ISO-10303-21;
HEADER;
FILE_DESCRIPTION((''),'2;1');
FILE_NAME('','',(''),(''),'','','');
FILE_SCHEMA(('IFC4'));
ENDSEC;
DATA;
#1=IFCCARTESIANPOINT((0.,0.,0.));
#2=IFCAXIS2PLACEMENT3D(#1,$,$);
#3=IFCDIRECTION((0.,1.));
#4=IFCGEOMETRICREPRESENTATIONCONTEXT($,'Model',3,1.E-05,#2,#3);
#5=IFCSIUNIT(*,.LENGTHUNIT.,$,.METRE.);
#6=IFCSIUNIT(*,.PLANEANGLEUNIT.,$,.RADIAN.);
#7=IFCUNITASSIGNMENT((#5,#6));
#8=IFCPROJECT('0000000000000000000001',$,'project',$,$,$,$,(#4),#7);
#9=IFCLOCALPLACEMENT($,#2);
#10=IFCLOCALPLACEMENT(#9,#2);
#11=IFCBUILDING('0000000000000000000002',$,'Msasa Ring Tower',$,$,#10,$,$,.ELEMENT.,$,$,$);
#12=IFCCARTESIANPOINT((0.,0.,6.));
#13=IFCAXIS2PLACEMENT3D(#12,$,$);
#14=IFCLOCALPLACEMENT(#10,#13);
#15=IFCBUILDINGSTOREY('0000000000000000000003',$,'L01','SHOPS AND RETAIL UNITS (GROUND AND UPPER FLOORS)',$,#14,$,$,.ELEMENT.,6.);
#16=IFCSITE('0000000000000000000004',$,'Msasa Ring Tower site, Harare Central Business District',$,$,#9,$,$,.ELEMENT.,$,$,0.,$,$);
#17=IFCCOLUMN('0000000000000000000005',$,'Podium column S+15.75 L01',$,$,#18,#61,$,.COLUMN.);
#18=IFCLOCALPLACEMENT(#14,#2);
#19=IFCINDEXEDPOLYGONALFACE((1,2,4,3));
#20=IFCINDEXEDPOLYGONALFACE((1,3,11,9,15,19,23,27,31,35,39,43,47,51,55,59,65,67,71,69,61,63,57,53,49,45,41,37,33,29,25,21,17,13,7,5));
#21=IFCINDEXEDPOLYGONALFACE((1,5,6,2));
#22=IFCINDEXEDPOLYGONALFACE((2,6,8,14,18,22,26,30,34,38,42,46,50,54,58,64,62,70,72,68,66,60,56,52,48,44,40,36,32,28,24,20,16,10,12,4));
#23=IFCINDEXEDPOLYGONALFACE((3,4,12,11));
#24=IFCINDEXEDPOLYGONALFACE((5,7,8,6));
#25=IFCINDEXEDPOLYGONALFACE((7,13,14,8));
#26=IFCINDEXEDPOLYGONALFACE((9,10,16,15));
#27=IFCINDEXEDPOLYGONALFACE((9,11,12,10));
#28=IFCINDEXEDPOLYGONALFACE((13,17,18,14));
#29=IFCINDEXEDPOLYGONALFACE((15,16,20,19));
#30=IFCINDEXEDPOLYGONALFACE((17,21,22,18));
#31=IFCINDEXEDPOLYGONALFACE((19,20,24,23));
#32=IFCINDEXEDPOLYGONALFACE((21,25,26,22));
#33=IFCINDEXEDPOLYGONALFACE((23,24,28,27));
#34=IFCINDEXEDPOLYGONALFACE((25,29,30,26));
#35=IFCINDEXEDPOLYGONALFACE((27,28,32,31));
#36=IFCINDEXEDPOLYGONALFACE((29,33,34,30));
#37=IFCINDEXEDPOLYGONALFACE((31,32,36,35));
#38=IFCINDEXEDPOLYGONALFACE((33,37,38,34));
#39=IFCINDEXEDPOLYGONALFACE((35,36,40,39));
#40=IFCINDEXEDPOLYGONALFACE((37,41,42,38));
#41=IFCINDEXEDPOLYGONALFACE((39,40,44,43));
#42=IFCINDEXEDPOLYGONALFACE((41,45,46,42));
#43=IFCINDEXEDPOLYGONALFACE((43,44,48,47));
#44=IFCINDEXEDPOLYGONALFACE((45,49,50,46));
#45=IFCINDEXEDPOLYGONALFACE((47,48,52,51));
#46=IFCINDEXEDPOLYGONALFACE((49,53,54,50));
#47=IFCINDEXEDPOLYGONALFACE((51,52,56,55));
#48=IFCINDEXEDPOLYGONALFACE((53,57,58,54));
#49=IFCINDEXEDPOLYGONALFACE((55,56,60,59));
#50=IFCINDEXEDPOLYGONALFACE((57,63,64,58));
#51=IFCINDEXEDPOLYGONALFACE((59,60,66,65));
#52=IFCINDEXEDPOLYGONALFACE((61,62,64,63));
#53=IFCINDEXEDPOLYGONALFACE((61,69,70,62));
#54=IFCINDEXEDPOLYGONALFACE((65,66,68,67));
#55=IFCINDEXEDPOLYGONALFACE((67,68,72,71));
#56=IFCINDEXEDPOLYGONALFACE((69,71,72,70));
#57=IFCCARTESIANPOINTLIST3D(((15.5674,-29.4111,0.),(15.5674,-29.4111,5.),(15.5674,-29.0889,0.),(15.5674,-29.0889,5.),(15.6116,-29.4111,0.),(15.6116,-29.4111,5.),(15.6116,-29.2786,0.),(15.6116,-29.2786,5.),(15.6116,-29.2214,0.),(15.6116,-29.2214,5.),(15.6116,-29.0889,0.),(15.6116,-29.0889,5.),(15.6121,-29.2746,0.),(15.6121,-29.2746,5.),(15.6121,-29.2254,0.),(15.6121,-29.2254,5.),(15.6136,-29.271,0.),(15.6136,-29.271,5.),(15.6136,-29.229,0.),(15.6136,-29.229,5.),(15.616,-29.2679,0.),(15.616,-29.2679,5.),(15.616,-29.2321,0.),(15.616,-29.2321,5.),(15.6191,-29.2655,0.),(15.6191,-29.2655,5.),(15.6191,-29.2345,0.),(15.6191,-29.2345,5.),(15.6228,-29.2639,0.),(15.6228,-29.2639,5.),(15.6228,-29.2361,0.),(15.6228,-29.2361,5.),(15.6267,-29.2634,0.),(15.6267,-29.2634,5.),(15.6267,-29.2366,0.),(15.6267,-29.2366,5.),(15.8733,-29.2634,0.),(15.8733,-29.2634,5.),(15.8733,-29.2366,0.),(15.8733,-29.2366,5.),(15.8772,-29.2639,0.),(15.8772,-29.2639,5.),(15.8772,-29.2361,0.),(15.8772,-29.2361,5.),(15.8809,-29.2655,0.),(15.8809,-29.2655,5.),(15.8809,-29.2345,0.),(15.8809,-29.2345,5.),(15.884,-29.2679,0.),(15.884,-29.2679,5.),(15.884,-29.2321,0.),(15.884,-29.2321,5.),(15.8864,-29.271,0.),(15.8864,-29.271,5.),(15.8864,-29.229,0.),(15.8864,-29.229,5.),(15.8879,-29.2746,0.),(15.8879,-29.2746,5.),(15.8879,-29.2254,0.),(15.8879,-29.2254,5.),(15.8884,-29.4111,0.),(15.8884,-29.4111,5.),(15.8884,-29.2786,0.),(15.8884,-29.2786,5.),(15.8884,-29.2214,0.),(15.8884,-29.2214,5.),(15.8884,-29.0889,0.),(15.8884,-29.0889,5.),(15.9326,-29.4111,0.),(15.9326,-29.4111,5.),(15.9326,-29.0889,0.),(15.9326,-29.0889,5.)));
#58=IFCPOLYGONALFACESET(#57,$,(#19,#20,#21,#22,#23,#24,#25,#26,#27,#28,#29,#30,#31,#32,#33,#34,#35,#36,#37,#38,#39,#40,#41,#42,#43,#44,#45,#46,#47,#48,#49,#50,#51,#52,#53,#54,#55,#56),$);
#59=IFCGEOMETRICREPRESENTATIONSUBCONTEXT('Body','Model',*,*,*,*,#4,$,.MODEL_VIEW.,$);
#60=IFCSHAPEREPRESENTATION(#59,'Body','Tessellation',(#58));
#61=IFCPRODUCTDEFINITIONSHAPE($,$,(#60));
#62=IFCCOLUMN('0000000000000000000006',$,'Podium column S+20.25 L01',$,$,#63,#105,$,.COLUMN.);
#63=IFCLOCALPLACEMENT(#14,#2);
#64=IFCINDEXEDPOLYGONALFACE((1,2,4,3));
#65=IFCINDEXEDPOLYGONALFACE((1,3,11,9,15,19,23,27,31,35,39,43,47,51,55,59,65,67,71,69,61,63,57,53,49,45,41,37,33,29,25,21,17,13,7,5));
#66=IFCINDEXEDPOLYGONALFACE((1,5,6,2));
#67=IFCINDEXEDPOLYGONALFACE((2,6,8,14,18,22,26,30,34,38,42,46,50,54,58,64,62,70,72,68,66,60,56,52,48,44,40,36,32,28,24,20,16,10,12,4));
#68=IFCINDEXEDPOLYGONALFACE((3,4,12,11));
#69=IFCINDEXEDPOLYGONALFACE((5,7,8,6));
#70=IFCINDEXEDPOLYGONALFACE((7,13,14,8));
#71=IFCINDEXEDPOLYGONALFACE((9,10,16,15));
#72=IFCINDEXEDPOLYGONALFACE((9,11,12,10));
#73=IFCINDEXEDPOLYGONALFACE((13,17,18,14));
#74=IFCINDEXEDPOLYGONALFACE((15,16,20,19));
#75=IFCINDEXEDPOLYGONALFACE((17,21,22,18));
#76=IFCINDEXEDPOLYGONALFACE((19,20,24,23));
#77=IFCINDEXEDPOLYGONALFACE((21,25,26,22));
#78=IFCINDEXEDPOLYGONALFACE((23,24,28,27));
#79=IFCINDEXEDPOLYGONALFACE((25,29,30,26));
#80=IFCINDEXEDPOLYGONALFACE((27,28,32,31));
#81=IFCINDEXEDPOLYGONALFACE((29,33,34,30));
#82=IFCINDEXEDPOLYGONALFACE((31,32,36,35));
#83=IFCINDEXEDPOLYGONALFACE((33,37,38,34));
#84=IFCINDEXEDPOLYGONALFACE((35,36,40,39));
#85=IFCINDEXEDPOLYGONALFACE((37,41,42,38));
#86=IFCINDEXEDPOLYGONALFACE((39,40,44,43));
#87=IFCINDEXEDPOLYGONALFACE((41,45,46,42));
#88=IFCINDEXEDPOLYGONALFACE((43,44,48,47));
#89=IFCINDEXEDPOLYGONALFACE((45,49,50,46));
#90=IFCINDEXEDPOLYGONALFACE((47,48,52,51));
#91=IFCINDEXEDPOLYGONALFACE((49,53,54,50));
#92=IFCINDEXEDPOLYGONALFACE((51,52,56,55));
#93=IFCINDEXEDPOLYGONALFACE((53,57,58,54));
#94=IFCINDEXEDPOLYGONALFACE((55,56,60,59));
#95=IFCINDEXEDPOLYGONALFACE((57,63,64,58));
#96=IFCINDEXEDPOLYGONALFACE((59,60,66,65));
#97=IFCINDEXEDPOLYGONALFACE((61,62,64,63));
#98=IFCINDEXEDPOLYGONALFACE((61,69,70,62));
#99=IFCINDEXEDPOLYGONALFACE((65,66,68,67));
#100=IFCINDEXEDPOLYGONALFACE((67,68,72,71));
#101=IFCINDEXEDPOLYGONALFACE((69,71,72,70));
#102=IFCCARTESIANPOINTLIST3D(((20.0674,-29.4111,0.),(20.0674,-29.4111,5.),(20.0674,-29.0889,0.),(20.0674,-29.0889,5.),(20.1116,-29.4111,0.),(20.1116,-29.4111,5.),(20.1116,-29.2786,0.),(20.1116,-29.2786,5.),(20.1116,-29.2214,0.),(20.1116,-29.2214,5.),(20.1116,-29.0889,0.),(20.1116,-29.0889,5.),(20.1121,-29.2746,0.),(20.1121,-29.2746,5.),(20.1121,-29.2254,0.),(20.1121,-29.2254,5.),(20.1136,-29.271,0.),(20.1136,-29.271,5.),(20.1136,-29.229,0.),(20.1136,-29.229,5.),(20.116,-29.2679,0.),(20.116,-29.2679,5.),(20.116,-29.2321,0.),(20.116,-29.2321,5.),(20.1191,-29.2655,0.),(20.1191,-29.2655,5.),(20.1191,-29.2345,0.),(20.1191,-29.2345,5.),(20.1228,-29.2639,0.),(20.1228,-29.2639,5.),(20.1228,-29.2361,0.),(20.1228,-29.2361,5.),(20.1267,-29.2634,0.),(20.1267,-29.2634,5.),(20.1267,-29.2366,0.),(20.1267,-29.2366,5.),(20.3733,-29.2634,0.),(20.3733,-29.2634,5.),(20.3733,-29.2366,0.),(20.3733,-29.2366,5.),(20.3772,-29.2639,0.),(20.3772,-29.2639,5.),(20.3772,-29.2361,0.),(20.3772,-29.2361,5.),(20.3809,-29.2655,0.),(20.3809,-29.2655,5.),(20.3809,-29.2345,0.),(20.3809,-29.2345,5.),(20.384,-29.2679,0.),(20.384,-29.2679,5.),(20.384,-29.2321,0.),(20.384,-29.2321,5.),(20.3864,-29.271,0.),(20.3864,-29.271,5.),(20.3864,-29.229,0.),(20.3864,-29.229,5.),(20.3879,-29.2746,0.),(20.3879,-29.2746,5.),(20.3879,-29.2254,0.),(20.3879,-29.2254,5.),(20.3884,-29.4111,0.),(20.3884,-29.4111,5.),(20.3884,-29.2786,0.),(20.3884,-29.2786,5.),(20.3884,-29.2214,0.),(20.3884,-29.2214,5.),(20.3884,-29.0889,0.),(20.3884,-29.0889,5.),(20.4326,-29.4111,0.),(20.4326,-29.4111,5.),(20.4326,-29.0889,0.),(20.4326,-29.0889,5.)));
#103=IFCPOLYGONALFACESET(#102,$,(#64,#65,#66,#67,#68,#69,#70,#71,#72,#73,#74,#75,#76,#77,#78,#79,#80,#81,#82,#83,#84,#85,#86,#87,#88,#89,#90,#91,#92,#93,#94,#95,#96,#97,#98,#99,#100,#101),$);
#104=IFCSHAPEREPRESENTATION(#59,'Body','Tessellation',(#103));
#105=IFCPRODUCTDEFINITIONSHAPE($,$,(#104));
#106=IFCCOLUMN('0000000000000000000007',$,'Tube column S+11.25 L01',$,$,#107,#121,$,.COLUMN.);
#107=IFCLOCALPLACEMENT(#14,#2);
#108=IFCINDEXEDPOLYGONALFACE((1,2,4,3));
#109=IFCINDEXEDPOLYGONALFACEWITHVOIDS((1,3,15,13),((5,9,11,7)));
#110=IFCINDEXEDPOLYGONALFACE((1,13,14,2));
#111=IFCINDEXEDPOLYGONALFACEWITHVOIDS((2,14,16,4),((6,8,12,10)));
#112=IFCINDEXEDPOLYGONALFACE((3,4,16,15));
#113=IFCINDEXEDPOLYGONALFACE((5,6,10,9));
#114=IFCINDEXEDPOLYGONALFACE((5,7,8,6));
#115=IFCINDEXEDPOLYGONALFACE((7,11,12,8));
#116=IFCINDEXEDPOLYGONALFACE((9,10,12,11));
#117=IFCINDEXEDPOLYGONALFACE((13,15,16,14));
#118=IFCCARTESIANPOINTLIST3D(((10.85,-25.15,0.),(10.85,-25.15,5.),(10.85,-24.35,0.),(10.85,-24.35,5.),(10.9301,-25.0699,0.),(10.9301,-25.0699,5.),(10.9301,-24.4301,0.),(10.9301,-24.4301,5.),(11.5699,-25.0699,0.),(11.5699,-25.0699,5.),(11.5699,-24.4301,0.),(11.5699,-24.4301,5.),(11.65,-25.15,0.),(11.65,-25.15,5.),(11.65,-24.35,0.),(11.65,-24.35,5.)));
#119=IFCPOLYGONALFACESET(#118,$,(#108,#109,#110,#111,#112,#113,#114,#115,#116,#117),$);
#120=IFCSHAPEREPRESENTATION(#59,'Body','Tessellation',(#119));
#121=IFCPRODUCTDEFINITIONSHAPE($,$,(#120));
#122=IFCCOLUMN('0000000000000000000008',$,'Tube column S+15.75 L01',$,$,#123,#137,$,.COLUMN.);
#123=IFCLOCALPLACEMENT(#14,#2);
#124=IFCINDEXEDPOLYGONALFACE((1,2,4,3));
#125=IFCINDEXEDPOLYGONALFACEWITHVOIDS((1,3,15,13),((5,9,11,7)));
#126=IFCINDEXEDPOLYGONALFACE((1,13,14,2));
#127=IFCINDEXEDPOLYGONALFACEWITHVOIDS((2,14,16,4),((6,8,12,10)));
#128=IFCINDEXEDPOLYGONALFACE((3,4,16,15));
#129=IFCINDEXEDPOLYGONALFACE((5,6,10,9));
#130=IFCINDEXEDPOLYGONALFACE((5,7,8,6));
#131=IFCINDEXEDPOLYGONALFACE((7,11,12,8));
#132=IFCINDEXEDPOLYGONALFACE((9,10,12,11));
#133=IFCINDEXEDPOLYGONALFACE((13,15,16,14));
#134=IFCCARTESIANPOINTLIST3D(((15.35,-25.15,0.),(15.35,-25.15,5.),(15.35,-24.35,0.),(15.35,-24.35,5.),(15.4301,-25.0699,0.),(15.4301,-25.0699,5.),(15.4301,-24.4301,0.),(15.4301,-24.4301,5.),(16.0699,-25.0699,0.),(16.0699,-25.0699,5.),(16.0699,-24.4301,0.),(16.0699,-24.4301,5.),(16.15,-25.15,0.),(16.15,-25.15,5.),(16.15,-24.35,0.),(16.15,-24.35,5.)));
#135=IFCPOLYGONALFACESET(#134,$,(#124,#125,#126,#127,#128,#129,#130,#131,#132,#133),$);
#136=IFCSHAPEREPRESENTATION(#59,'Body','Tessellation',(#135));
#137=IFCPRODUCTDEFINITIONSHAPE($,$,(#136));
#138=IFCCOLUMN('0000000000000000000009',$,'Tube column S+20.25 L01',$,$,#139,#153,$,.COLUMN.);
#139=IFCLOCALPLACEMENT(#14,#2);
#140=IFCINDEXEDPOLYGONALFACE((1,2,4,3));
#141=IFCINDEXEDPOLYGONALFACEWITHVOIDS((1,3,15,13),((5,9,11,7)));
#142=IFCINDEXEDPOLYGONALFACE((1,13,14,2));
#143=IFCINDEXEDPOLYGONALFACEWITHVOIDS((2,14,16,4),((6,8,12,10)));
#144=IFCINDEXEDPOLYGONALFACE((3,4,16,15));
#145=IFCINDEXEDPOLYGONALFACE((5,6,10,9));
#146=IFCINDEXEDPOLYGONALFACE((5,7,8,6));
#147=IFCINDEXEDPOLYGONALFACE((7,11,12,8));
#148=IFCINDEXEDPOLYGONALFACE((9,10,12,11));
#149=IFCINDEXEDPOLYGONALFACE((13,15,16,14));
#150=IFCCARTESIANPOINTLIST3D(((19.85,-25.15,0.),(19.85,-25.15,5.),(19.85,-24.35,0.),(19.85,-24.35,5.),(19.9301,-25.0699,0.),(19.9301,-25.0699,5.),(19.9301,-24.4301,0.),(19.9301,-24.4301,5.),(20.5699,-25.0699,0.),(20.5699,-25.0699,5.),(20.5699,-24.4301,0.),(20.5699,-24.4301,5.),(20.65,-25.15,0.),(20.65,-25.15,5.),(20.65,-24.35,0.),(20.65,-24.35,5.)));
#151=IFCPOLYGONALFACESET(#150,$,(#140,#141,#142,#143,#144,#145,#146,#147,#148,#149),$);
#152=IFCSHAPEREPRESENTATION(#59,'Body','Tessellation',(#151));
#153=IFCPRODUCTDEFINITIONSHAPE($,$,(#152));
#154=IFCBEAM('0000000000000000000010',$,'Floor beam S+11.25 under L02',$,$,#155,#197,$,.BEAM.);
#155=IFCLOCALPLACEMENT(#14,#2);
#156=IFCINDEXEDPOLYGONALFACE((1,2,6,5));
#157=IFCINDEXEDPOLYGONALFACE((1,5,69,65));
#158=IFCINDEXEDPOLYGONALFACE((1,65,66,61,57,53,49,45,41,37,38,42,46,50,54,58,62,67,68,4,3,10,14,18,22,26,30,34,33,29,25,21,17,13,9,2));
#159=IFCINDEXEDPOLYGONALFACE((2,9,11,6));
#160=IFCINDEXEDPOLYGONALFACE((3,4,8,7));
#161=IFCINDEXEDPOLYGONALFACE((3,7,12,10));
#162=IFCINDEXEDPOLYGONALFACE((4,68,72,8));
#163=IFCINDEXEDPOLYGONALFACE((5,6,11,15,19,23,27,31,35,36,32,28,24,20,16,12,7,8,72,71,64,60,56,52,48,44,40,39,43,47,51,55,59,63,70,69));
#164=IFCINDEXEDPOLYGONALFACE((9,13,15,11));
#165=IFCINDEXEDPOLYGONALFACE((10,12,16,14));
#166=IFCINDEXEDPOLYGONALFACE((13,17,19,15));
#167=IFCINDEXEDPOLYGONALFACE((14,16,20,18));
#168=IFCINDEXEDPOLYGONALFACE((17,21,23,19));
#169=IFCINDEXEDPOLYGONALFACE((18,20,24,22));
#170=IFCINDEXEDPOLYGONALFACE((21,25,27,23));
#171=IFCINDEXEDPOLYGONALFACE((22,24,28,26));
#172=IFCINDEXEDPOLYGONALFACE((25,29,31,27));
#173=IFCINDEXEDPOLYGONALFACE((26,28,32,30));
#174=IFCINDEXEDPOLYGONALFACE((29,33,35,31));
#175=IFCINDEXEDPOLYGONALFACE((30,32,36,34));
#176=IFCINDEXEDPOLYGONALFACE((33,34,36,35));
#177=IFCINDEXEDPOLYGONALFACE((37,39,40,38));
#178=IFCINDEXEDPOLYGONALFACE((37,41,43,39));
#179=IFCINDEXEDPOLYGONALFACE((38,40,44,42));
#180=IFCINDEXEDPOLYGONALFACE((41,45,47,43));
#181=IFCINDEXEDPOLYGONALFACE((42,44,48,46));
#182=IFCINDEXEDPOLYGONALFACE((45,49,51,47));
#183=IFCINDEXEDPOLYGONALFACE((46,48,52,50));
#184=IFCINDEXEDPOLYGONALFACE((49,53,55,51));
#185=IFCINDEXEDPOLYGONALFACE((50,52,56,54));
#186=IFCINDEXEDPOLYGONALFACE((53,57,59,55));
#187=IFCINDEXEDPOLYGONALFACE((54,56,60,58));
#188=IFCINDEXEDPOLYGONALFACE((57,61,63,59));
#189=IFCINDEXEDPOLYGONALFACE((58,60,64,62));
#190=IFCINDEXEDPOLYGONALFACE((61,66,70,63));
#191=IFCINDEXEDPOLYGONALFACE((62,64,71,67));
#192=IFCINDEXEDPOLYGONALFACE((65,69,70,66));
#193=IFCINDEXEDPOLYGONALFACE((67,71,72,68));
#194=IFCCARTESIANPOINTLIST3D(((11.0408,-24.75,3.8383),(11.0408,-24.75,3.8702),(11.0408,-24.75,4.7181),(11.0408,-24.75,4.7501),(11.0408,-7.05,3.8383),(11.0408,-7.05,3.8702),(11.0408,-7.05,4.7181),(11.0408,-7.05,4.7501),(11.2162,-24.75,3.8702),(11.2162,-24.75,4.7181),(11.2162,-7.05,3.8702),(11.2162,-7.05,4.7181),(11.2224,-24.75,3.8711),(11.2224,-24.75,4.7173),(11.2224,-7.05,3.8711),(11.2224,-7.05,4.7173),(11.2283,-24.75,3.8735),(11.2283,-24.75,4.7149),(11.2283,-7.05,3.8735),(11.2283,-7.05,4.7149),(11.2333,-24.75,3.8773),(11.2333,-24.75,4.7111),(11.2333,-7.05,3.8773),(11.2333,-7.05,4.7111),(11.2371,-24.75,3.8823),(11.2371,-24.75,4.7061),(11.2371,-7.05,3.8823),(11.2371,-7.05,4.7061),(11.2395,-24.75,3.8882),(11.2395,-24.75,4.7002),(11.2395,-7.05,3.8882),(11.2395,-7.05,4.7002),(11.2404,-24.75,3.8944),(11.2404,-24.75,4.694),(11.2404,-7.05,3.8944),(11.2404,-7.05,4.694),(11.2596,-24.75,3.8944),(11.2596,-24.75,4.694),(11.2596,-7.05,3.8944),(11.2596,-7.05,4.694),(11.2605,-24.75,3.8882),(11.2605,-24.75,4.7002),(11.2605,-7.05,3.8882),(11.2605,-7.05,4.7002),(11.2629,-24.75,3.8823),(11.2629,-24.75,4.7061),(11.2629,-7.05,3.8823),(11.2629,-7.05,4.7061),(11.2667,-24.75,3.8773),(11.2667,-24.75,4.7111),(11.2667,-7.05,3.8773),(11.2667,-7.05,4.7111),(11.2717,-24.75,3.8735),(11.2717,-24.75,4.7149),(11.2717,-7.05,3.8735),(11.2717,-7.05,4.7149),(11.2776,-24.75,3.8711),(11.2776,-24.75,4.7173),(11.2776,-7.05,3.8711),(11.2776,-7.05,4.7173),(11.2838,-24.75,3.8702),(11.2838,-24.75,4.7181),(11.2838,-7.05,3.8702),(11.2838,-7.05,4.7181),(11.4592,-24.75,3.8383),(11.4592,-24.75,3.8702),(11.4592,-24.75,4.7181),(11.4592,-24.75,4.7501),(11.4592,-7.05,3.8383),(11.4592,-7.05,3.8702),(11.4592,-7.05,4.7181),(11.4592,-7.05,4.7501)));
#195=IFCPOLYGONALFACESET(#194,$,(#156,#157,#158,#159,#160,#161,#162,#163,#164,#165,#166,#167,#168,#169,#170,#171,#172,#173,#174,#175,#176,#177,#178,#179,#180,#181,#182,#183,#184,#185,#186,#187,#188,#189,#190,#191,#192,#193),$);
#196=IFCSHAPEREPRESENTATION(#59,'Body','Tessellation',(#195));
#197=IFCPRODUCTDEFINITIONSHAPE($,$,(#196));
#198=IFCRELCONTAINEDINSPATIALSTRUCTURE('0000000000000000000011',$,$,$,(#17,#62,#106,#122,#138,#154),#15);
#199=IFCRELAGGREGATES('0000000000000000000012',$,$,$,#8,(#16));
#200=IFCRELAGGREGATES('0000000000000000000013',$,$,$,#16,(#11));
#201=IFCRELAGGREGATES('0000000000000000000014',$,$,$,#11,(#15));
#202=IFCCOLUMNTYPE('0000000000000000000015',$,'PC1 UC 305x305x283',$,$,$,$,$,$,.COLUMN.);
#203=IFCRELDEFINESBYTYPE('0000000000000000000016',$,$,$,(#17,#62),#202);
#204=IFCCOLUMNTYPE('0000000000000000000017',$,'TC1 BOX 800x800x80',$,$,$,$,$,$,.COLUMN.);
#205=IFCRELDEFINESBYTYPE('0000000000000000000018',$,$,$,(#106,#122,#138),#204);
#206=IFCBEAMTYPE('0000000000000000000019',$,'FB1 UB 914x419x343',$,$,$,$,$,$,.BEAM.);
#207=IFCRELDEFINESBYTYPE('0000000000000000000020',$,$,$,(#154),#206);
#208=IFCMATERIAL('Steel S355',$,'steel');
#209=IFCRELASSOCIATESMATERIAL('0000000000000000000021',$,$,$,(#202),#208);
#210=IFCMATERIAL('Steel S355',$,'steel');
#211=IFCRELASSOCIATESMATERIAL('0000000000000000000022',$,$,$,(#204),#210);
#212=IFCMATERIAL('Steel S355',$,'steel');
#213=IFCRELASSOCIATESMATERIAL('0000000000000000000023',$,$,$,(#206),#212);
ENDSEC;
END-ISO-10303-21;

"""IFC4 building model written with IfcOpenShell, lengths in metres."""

from ifc_helpers import new_model, si_unit, direction, frame, origin, origin_2d, place, context, subcontext, project, spatial, hollow_rectangle, i_section, extrude, material, material_profile, profile_set, type_object, element, save


model = new_model("IFC4")

# Units and contexts
model_context = context("Model", 3, precision=1e-05, world=origin(), true_north=direction((0.0, 1.0)))
body_context = subcontext(model_context, "Body", "Model", "MODEL_VIEW")
ifc_project = project(units=[si_unit("LENGTHUNIT", "METRE"), si_unit("PLANEANGLEUNIT", "RADIAN")], contexts=[model_context])

# Site, building, storey
site_placement = place(None, origin())
site = spatial("IfcSite", under=ifc_project, at=site_placement, Name="Msasa Ring Tower site, Harare Central Business District", CompositionType="ELEMENT", RefElevation=0.0)
building_placement = place(site_placement, origin())
building = spatial("IfcBuilding", under=site, at=building_placement, Name="Msasa Ring Tower", CompositionType="ELEMENT")
storey_placement = place(building_placement, frame((0.0, 0.0, 6.0)))
storey = spatial("IfcBuildingStorey", under=building, at=storey_placement, Name="L01", Description="SHOPS AND RETAIL UNITS (GROUND AND UPPER FLOORS)", CompositionType="ELEMENT", Elevation=6.0)

# Columns
ifc_material_1 = material(Name="Steel S355", Category="steel")
ifc_material_profile_1 = material_profile(ifc_material_1, i_section(OverallWidth=0.3223, OverallDepth=0.3652, WebThickness=0.0269, FlangeThickness=0.0442, FilletRadius=0.0151, at=origin_2d()), Name="UC 305x305x283")
ifc_profile_set_1 = profile_set([ifc_material_profile_1], Name="Steel S355")
column_type_1 = type_object("IfcColumnType", Name="PC1 UC 305x305x283", PredefinedType="COLUMN", material=ifc_profile_set_1)
for number, where, z_axis, x_axis, name in (
    (1, (15.75, -29.25, 0.0), (0.0, 0.0, 1.0), (0.0, 1.0, 0.0), "Podium column S+15.75 L01"),
    (2, (20.25, -29.25, 0.0), (0.0, 0.0, 1.0), (0.0, 1.0, 0.0), "Podium column S+20.25 L01"),
):
    element("IfcColumn", number, at=place(storey_placement, frame(where, z_axis=z_axis, x_axis=x_axis)), inside=storey, type_object=column_type_1, Name=name, PredefinedType="COLUMN", context=body_context, shape_type="SweptSolid", body=[
        extrude(i_section(OverallWidth=0.3223, OverallDepth=0.3652, WebThickness=0.0269, FlangeThickness=0.0442, FilletRadius=0.0151, at=origin_2d()), origin(), (0.0, 0.0, 1.0), 5.0),
    ])
ifc_material_2 = material(Name="Steel S355", Category="steel")
ifc_material_profile_2 = material_profile(ifc_material_2, hollow_rectangle(XDim=0.8, YDim=0.8, WallThickness=0.0801, at=origin_2d()), Name="BOX 800x800x80")
ifc_profile_set_2 = profile_set([ifc_material_profile_2], Name="Steel S355")
column_type_2 = type_object("IfcColumnType", Name="TC1 BOX 800x800x80", PredefinedType="COLUMN", material=ifc_profile_set_2)
for number, where, z_axis, x_axis, name in (
    (3, (11.25, -24.75, 0.0), (0.0, 0.0, 1.0), (0.0, 1.0, 0.0), "Tube column S+11.25 L01"),
    (4, (15.75, -24.75, 0.0), (0.0, 0.0, 1.0), (0.0, 1.0, 0.0), "Tube column S+15.75 L01"),
    (5, (20.25, -24.75, 0.0), (0.0, 0.0, 1.0), (0.0, 1.0, 0.0), "Tube column S+20.25 L01"),
):
    element("IfcColumn", number, at=place(storey_placement, frame(where, z_axis=z_axis, x_axis=x_axis)), inside=storey, type_object=column_type_2, Name=name, PredefinedType="COLUMN", context=body_context, shape_type="SweptSolid", body=[
        extrude(hollow_rectangle(XDim=0.8, YDim=0.8, WallThickness=0.0801, at=origin_2d()), origin(), (0.0, 0.0, 1.0), 5.0),
    ])

# Beam
ifc_material_3 = material(Name="Steel S355", Category="steel")
ifc_material_profile_3 = material_profile(ifc_material_3, i_section(OverallWidth=0.4185, OverallDepth=0.9119, WebThickness=0.0193, FlangeThickness=0.032, FilletRadius=0.0242, at=origin_2d()), Name="UB 914x419x343")
ifc_profile_set_3 = profile_set([ifc_material_profile_3], Name="Steel S355")
beam_type_1 = type_object("IfcBeamType", Name="FB1 UB 914x419x343", PredefinedType="BEAM", material=ifc_profile_set_3)
for number, where, z_axis, x_axis, name in (
    (6, (11.25, -24.75, 4.2942), (0.0, 1.0, 0.0), (-1.0, 0.0, 0.0), "Floor beam S+11.25 under L02"),
):
    element("IfcBeam", number, at=place(storey_placement, frame(where, z_axis=z_axis, x_axis=x_axis)), inside=storey, type_object=beam_type_1, Name=name, PredefinedType="BEAM", context=body_context, shape_type="SweptSolid", body=[
        extrude(i_section(OverallWidth=0.4185, OverallDepth=0.9119, WebThickness=0.0193, FlangeThickness=0.032, FilletRadius=0.0242, at=origin_2d()), origin(), (0.0, 0.0, 1.0), 17.7),
    ])

save(model, "model.ifc")
